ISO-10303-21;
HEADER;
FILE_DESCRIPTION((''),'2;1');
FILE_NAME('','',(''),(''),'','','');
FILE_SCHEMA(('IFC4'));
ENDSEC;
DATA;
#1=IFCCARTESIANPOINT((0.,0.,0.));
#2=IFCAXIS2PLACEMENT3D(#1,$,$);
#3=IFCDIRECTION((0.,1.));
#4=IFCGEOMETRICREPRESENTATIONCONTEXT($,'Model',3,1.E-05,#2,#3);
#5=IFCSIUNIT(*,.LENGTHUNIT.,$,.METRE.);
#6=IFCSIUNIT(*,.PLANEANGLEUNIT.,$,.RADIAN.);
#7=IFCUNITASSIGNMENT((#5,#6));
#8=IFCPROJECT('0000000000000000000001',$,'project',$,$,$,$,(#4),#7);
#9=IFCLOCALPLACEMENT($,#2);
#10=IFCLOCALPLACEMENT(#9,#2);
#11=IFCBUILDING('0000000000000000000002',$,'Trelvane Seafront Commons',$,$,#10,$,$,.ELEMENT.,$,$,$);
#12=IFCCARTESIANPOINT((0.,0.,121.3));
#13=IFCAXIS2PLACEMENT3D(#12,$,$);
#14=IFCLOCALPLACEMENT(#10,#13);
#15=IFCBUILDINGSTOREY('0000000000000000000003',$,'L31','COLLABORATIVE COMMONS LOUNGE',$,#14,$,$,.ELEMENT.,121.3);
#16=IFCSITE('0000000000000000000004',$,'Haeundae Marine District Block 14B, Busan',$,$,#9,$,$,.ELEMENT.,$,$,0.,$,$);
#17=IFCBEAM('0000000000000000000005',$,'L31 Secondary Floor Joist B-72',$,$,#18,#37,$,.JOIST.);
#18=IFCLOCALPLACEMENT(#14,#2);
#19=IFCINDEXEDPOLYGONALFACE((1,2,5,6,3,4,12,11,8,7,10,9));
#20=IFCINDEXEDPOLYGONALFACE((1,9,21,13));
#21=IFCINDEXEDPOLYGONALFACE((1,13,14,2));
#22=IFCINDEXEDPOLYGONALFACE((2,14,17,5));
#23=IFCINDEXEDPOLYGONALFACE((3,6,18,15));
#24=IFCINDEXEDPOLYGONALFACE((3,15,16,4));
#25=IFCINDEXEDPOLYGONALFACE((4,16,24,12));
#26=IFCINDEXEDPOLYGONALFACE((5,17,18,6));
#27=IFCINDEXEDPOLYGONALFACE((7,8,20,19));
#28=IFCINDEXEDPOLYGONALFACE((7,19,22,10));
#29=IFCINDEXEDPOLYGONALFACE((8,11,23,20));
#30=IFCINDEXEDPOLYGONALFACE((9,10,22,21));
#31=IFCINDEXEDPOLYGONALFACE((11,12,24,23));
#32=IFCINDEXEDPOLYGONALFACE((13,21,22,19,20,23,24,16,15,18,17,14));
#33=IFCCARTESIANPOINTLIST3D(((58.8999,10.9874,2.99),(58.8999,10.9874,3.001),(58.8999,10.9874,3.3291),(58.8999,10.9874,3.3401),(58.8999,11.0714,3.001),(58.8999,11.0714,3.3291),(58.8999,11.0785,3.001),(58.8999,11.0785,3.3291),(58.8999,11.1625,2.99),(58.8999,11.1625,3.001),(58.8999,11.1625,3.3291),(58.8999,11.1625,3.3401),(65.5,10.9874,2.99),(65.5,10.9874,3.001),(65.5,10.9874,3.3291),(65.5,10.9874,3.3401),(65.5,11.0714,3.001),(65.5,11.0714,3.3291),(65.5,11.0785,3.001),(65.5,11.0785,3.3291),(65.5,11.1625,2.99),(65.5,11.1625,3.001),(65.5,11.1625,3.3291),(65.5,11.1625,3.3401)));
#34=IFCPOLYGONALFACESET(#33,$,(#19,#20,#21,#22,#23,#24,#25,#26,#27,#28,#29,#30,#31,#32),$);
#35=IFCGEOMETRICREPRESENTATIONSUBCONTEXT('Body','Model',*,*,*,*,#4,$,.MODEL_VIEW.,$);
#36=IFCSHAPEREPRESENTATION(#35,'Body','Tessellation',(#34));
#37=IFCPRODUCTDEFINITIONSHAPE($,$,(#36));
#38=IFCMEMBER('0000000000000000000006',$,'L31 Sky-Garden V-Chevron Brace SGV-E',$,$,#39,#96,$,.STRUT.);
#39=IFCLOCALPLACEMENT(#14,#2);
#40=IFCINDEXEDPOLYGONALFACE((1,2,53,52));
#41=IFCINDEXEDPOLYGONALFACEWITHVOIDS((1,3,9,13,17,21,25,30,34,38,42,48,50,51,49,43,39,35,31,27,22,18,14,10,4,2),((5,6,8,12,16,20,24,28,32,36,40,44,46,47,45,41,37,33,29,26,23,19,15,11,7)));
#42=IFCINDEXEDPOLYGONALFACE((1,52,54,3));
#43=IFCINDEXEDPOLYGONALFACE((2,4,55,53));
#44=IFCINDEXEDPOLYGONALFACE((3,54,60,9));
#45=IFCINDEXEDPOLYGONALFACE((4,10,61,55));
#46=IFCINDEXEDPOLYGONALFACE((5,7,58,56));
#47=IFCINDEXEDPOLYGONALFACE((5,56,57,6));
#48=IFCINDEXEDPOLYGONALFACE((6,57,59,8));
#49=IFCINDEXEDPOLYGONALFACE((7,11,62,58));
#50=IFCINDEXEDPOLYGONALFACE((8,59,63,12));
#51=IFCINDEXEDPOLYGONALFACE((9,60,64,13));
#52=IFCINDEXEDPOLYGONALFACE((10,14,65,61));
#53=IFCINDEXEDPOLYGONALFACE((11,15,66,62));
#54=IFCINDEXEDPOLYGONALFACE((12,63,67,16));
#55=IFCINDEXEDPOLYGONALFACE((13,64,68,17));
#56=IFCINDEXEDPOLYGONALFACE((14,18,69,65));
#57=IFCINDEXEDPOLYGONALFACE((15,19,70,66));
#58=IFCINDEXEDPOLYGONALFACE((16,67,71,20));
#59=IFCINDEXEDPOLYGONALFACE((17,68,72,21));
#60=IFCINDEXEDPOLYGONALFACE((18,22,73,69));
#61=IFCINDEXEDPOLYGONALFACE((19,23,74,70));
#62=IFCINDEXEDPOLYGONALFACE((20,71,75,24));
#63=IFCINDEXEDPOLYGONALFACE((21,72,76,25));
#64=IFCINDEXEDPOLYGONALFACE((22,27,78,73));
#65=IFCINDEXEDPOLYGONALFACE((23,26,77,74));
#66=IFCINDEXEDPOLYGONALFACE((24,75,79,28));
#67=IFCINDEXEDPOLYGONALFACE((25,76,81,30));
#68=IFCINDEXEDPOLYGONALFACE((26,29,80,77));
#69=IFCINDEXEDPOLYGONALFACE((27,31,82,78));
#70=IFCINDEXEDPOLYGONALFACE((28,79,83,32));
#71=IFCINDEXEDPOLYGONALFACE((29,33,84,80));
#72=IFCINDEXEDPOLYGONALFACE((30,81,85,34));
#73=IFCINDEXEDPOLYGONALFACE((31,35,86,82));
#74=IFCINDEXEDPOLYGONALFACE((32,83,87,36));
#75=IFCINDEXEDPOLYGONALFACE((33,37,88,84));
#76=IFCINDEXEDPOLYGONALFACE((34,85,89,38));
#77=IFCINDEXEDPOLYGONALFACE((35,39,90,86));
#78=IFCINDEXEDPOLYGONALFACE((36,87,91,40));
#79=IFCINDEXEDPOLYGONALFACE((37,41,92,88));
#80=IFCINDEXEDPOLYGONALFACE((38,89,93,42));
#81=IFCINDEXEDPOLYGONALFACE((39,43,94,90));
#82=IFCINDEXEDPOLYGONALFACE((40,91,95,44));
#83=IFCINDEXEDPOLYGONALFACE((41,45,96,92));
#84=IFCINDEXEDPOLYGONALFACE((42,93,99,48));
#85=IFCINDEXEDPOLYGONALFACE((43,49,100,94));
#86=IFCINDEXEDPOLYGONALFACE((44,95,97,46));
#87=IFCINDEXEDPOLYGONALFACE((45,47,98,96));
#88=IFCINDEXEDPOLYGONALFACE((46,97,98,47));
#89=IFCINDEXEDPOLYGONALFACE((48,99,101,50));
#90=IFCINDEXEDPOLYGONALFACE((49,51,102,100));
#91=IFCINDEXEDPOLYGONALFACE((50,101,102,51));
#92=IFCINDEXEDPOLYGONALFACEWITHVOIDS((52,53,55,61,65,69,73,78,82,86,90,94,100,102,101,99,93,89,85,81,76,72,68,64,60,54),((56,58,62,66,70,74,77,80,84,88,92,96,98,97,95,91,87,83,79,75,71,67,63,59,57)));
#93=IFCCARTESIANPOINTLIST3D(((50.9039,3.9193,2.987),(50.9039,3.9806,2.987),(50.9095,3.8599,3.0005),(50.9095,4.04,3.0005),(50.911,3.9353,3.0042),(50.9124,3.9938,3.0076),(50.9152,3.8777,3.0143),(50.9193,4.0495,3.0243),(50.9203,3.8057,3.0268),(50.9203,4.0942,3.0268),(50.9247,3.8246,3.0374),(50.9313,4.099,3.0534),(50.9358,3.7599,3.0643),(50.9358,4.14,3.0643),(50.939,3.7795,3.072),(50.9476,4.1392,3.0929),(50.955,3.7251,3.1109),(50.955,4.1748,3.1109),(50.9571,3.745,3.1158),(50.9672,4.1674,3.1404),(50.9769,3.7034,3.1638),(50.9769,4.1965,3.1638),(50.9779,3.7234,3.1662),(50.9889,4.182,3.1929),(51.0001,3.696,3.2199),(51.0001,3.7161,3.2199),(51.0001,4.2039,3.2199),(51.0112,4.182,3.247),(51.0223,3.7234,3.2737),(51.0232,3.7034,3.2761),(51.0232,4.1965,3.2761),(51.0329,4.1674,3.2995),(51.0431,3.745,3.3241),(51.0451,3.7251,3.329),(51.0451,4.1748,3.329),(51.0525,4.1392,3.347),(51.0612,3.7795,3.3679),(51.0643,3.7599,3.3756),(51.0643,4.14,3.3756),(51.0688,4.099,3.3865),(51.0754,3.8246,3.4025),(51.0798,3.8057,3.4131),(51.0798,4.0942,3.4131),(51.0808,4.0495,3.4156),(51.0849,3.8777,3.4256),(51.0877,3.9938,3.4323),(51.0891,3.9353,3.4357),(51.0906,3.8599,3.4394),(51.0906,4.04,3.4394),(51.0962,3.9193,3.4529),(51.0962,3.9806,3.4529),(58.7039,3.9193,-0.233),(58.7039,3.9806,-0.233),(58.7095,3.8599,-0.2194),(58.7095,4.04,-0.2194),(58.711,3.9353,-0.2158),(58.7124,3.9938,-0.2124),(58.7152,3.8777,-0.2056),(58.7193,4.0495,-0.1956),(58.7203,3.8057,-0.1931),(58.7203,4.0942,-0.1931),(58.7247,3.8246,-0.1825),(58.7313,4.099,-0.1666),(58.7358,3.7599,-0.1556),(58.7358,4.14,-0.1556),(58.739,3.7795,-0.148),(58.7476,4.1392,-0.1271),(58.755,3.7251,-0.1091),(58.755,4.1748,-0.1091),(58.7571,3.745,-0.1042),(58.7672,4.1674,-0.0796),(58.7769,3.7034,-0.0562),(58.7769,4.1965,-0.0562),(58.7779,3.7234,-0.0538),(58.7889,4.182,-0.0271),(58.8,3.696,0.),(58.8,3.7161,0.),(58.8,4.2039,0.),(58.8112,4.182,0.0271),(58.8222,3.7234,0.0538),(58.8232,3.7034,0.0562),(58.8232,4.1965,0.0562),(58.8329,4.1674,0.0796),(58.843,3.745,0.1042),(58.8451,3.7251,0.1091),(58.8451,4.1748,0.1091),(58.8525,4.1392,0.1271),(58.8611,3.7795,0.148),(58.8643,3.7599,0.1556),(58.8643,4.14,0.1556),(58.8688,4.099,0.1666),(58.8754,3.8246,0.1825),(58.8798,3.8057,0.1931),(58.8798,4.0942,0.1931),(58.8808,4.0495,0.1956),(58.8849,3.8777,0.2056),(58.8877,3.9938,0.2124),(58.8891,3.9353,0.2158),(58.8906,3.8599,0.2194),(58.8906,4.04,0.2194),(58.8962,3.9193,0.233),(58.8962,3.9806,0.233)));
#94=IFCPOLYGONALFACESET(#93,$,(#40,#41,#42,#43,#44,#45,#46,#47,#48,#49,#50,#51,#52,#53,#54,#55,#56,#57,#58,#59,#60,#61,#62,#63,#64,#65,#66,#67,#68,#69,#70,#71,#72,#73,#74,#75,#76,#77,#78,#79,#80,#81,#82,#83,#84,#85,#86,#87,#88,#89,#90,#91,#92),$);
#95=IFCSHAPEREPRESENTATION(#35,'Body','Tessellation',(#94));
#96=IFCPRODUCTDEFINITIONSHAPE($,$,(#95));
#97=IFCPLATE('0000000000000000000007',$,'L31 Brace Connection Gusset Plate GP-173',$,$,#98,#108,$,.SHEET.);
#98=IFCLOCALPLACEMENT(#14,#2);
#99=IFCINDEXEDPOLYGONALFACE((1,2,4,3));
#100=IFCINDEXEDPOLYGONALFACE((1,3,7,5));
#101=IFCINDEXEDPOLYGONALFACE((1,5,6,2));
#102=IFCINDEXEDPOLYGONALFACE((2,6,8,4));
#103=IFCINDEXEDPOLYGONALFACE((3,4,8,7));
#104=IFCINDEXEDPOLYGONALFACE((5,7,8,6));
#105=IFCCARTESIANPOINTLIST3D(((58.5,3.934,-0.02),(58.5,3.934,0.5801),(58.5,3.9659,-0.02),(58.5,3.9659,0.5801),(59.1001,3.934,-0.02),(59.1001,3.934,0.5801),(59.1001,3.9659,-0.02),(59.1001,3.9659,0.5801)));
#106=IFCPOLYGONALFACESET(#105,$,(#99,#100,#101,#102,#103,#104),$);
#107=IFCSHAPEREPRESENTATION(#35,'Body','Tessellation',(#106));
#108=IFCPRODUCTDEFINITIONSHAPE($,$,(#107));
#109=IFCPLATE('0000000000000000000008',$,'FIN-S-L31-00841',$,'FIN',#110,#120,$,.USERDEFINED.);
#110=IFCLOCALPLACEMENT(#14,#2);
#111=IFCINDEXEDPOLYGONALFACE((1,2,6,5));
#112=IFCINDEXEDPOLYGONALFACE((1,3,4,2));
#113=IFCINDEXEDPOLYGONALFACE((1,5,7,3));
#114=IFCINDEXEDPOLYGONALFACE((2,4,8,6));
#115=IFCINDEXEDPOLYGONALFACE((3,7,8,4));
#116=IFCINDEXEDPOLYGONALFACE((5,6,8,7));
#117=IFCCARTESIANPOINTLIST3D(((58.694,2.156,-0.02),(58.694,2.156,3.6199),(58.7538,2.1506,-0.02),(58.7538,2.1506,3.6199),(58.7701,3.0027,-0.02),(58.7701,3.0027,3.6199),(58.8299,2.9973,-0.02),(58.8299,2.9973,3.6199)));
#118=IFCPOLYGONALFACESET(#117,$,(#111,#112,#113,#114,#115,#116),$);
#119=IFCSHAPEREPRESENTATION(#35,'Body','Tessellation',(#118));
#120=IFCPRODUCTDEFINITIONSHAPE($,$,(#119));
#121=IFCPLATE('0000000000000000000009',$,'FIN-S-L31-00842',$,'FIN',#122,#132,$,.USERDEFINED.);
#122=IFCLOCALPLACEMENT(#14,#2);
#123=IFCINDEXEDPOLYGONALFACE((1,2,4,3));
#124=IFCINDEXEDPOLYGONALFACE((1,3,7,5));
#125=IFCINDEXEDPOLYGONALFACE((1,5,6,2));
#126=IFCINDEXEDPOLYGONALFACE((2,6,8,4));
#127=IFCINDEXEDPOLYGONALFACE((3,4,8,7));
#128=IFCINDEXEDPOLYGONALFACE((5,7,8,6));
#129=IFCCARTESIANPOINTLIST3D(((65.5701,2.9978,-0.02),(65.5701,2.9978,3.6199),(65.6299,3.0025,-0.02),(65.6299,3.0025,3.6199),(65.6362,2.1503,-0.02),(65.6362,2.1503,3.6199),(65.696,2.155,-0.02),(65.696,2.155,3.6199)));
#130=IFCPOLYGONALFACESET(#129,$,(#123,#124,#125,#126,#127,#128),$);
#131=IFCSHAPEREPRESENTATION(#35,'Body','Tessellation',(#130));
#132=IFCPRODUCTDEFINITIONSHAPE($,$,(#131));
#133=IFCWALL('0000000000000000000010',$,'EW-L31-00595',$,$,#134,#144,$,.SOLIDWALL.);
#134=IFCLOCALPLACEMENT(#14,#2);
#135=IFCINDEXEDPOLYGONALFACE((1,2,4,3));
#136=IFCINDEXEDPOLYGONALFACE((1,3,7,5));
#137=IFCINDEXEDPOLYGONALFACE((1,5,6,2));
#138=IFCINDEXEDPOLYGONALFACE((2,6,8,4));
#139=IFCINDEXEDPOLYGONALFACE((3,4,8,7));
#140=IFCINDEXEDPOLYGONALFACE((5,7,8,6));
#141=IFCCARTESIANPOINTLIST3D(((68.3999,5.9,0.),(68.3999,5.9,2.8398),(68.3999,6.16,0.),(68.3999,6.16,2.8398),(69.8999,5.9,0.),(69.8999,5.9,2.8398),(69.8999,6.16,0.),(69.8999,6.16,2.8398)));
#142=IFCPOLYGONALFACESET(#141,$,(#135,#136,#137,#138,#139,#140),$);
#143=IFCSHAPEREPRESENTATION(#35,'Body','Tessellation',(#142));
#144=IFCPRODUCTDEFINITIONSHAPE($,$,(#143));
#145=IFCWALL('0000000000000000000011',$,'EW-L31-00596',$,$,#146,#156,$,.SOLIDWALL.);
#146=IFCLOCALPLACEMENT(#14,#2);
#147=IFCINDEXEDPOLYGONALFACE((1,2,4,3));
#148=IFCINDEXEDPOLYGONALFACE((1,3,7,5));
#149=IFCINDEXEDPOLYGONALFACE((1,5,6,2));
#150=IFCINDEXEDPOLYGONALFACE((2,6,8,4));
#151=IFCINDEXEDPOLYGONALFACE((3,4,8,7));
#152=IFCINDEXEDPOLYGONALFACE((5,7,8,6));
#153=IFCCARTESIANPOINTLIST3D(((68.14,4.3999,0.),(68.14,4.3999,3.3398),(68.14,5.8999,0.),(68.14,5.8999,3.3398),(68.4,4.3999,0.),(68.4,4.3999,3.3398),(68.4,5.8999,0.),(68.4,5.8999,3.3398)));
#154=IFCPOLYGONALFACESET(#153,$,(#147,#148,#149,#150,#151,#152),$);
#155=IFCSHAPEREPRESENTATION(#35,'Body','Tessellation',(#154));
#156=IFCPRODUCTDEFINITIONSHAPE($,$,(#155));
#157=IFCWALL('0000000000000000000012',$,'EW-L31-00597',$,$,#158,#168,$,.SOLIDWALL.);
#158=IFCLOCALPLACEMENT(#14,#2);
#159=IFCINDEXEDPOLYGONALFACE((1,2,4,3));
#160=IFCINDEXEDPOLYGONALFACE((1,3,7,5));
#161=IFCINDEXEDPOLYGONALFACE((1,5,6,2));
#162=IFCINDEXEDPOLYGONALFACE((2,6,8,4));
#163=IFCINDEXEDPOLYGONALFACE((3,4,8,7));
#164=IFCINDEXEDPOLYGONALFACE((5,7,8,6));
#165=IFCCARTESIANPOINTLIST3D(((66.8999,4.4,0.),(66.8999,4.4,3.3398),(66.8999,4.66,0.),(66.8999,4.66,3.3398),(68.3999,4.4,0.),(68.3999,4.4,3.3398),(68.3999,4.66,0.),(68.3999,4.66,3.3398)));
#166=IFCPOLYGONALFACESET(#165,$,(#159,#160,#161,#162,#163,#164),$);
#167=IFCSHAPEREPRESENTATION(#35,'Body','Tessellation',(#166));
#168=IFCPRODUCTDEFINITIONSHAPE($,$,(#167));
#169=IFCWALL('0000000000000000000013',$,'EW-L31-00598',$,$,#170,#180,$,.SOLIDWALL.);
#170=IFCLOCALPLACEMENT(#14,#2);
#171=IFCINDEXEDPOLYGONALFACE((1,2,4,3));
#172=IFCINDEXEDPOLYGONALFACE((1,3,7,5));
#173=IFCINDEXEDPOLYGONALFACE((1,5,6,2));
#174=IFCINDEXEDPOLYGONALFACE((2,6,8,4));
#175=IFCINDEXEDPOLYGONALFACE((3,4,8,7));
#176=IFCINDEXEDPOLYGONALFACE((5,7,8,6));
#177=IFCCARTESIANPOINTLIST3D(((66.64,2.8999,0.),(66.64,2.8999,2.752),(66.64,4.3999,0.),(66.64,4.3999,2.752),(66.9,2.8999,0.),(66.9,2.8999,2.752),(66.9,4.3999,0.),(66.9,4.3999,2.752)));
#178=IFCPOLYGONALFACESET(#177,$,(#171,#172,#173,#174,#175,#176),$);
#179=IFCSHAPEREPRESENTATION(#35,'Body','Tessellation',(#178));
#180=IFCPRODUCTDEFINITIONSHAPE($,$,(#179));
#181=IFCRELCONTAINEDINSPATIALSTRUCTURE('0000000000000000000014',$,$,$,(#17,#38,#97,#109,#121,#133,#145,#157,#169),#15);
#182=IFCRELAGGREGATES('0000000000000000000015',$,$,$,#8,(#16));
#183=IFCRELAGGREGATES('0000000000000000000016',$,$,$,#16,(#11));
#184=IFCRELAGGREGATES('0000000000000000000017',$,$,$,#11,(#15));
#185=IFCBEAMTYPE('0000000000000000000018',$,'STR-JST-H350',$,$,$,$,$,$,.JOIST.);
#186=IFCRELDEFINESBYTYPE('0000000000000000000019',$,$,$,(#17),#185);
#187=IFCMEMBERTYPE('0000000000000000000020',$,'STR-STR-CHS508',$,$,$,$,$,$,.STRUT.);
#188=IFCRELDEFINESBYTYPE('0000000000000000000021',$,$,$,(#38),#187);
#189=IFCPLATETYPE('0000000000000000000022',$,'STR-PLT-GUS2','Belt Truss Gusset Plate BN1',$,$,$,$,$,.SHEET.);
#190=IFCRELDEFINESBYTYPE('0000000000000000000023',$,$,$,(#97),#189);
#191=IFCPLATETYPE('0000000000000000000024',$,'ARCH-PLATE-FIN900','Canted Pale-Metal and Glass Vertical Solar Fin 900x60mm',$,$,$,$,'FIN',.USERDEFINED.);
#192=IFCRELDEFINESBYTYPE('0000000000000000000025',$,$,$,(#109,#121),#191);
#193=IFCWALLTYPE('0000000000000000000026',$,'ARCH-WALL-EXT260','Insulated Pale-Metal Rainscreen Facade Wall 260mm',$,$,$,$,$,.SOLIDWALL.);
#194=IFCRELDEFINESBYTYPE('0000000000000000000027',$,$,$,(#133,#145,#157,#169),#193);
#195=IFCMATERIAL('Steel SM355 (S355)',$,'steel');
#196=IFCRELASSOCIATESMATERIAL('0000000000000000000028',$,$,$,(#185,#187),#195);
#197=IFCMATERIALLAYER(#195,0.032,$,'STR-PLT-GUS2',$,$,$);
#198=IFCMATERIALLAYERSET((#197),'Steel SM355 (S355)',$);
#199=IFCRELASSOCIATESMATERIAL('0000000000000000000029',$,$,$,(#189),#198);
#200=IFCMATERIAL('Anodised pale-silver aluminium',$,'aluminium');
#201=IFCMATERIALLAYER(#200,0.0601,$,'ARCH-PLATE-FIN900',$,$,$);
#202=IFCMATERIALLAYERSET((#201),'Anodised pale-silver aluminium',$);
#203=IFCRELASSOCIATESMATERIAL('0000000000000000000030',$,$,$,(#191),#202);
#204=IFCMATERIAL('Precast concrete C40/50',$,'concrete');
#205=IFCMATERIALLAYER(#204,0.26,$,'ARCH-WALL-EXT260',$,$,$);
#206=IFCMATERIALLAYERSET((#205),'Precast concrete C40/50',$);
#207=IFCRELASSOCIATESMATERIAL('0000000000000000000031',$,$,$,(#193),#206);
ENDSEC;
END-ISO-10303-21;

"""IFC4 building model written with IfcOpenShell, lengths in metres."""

from ifc_helpers import new_model, si_unit, direction, frame, frame_2d, origin, origin_2d, place, context, subcontext, project, spatial, rectangle, hollow_circle, i_section, extrude, source, transform, mapped, material, layer, layer_set, material_profile, profile_set, type_object, element, save


model = new_model("IFC4")

# Units and contexts
model_context = context("Model", 3, precision=1e-05, world=origin(), true_north=direction((0.0, 1.0)))
body_context = subcontext(model_context, "Body", "Model", "MODEL_VIEW")
ifc_project = project(units=[si_unit("LENGTHUNIT", "METRE"), si_unit("PLANEANGLEUNIT", "RADIAN")], contexts=[model_context])

# Site, building, storey
site_placement = place(None, origin())
site = spatial("IfcSite", under=ifc_project, at=site_placement, Name="Haeundae Marine District Block 14B, Busan", CompositionType="ELEMENT", RefElevation=0.0)
building_placement = place(site_placement, origin())
building = spatial("IfcBuilding", under=site, at=building_placement, Name="Trelvane Seafront Commons", CompositionType="ELEMENT")
storey_placement = place(building_placement, frame((0.0, 0.0, 121.3)))
storey = spatial("IfcBuildingStorey", under=building, at=storey_placement, Name="L31", Description="COLLABORATIVE COMMONS LOUNGE", CompositionType="ELEMENT", Elevation=121.3)

# Shared definitions
ifc_material_1 = material(Name="Steel SM355 (S355)", Category="steel")

# Beam
ifc_material_profile_1 = material_profile(ifc_material_1, i_section(OverallWidth=0.175, OverallDepth=0.3501, WebThickness=0.0071, FlangeThickness=0.011, at=origin_2d()), Name="H-350x175x7x11")
ifc_profile_set_1 = profile_set([ifc_material_profile_1], Name="Steel SM355 (S355)")
beam_type_1 = type_object("IfcBeamType", Name="STR-JST-H350", PredefinedType="JOIST", material=ifc_profile_set_1)
shared_shape_1 = source(origin(), body_context, "Body", "SweptSolid", [
    extrude(i_section(OverallWidth=0.175, OverallDepth=0.3501, WebThickness=0.0071, FlangeThickness=0.011, at=origin_2d()), origin(), (0.0, 0.0, 1.0), 6.6001),
])
beam_1_placement = place(storey_placement, frame((58.8999, 11.075, 3.165), z_axis=(1.0, 0.0, 0.0), x_axis=(0.0, 1.0, 0.0)))
element("IfcBeam", 1, at=beam_1_placement, inside=storey, type_object=beam_type_1, Name="L31 Secondary Floor Joist B-72", PredefinedType="JOIST", context=body_context, shape_type="MappedRepresentation", body=[
    mapped(shared_shape_1, transform((0.0, 0.0, 0.0), x_axis=(1.0, 0.0, 0.0), y_axis=(0.0, 1.0, 0.0), z_axis=(0.0, 0.0, 1.0), scale=1.0)),
])

# Member
ifc_material_profile_2 = material_profile(ifc_material_1, hollow_circle(Radius=0.2539, WallThickness=0.02, at=origin_2d()), Name="CHS-508x20")
ifc_profile_set_2 = profile_set([ifc_material_profile_2], Name="Steel SM355 (S355)")
member_type = type_object("IfcMemberType", Name="STR-STR-CHS508", PredefinedType="STRUT", material=ifc_profile_set_2)
shared_shape_2 = source(origin(), body_context, "Body", "SweptSolid", [
    extrude(hollow_circle(Radius=0.2539, WallThickness=0.02, at=origin_2d()), origin(), (0.0, 0.0, 1.0), 8.4385),
])
member_placement = place(storey_placement, frame((58.8, 3.95, 0.0), z_axis=(-0.924336, 0.0, 0.381579), x_axis=(0.0, -1.0, 0.0)))
element("IfcMember", 2, at=member_placement, inside=storey, type_object=member_type, Name="L31 Sky-Garden V-Chevron Brace SGV-E", PredefinedType="STRUT", context=body_context, shape_type="MappedRepresentation", body=[
    mapped(shared_shape_2, transform((0.0, 0.0, 0.0), x_axis=(1.0, 0.0, 0.0), y_axis=(0.0, 1.0, 0.0), z_axis=(0.0, 0.0, 1.0), scale=1.0)),
])

# Plates
ifc_layer_1 = layer(ifc_material_1, 0.032, Name="STR-PLT-GUS2")
ifc_layer_set_1 = layer_set([ifc_layer_1], Name="Steel SM355 (S355)")
plate_type_1 = type_object("IfcPlateType", Name="STR-PLT-GUS2", Description="Belt Truss Gusset Plate BN1", PredefinedType="SHEET", material=ifc_layer_set_1)
shared_shape_3 = source(origin(), body_context, "Body", "SweptSolid", [
    extrude(rectangle(XDim=0.6001, YDim=0.032, at=origin_2d()), origin(), (0.0, 0.0, 1.0), 0.6001),
])
plate_placement = place(storey_placement, frame((58.8, 3.95, -0.02), z_axis=(0.0, 0.0, 1.0), x_axis=(1.0, 0.0, 0.0)))
element("IfcPlate", 3, at=plate_placement, inside=storey, type_object=plate_type_1, Name="L31 Brace Connection Gusset Plate GP-173", PredefinedType="SHEET", context=body_context, shape_type="MappedRepresentation", body=[
    mapped(shared_shape_3, transform((0.0, 0.0, 0.0), x_axis=(1.0, 0.0, 0.0), y_axis=(0.0, 1.0, 0.0), z_axis=(0.0, 0.0, 1.0), scale=1.0)),
])
ifc_material_2 = material(Name="Anodised pale-silver aluminium", Category="aluminium")
ifc_layer_2 = layer(ifc_material_2, 0.0601, Name="ARCH-PLATE-FIN900")
ifc_layer_set_2 = layer_set([ifc_layer_2], Name="Anodised pale-silver aluminium")
plate_type_2 = type_object("IfcPlateType", Name="ARCH-PLATE-FIN900", Description="Canted Pale-Metal and Glass Vertical Solar Fin 900x60mm", ElementType="FIN", PredefinedType="USERDEFINED", material=ifc_layer_set_2)
shared_shape_4 = source(origin(), body_context, "Body", "SweptSolid", [
    extrude(rectangle(XDim=0.8501, YDim=0.0601, at=origin_2d()), origin(), (0.0, 0.0, 1.0), 3.6399),
])
for number, where, z_axis, x_axis, name in (
    (4, (58.762, 2.5767, -0.02), (0.0, 0.0, 1.0), (-0.089529, -0.995984, 0.0), "FIN-S-L31-00841"),
    (5, (65.6331, 2.5764, -0.02), (0.0, 0.0, 1.0), (0.077767, -0.996972, 0.0), "FIN-S-L31-00842"),
):
    element("IfcPlate", number, at=place(storey_placement, frame(where, z_axis=z_axis, x_axis=x_axis)), inside=storey, type_object=plate_type_2, Name=name, ObjectType="FIN", PredefinedType="USERDEFINED", context=body_context, shape_type="MappedRepresentation", body=[
        mapped(shared_shape_4, transform((0.0, 0.0, 0.0), x_axis=(1.0, 0.0, 0.0), y_axis=(0.0, 1.0, 0.0), z_axis=(0.0, 0.0, 1.0), scale=1.0)),
    ])

# Walls
ifc_material_3 = material(Name="Precast concrete C40/50", Category="concrete")
ifc_layer_3 = layer(ifc_material_3, 0.26, Name="ARCH-WALL-EXT260")
ifc_layer_set_3 = layer_set([ifc_layer_3], Name="Precast concrete C40/50")
wall_type_1 = type_object("IfcWallType", Name="ARCH-WALL-EXT260", Description="Insulated Pale-Metal Rainscreen Facade Wall 260mm", PredefinedType="SOLIDWALL", material=ifc_layer_set_3)
wall_1_placement = place(storey_placement, frame((69.8999, 6.03, 0.0), z_axis=(0.0, 0.0, 1.0), x_axis=(-1.0, 0.0, 0.0)))
element("IfcWall", 6, at=wall_1_placement, inside=storey, type_object=wall_type_1, Name="EW-L31-00595", PredefinedType="SOLIDWALL", context=body_context, shape_type="SweptSolid", body=[
    extrude(rectangle(XDim=1.5, YDim=0.26, at=frame_2d((0.75, 0.0))), origin(), (0.0, 0.0, 1.0), 2.8398),
])
for number, where, z_axis, x_axis, name in (
    (7, (68.27, 5.8999, 0.0), (0.0, 0.0, 1.0), (0.0, -1.0, 0.0), "EW-L31-00596"),
    (8, (68.3999, 4.53, 0.0), (0.0, 0.0, 1.0), (-1.0, 0.0, 0.0), "EW-L31-00597"),
):
    element("IfcWall", number, at=place(storey_placement, frame(where, z_axis=z_axis, x_axis=x_axis)), inside=storey, type_object=wall_type_1, Name=name, PredefinedType="SOLIDWALL", context=body_context, shape_type="SweptSolid", body=[
        extrude(rectangle(XDim=1.5, YDim=0.26, at=frame_2d((0.75, 0.0))), origin(), (0.0, 0.0, 1.0), 3.3398),
    ])
wall_2_placement = place(storey_placement, frame((66.77, 4.3999, 0.0), z_axis=(0.0, 0.0, 1.0), x_axis=(0.0, -1.0, 0.0)))
element("IfcWall", 9, at=wall_2_placement, inside=storey, type_object=wall_type_1, Name="EW-L31-00598", PredefinedType="SOLIDWALL", context=body_context, shape_type="SweptSolid", body=[
    extrude(rectangle(XDim=1.5, YDim=0.26, at=frame_2d((0.75, 0.0))), origin(), (0.0, 0.0, 1.0), 2.752),
])

save(model, "model.ifc")
